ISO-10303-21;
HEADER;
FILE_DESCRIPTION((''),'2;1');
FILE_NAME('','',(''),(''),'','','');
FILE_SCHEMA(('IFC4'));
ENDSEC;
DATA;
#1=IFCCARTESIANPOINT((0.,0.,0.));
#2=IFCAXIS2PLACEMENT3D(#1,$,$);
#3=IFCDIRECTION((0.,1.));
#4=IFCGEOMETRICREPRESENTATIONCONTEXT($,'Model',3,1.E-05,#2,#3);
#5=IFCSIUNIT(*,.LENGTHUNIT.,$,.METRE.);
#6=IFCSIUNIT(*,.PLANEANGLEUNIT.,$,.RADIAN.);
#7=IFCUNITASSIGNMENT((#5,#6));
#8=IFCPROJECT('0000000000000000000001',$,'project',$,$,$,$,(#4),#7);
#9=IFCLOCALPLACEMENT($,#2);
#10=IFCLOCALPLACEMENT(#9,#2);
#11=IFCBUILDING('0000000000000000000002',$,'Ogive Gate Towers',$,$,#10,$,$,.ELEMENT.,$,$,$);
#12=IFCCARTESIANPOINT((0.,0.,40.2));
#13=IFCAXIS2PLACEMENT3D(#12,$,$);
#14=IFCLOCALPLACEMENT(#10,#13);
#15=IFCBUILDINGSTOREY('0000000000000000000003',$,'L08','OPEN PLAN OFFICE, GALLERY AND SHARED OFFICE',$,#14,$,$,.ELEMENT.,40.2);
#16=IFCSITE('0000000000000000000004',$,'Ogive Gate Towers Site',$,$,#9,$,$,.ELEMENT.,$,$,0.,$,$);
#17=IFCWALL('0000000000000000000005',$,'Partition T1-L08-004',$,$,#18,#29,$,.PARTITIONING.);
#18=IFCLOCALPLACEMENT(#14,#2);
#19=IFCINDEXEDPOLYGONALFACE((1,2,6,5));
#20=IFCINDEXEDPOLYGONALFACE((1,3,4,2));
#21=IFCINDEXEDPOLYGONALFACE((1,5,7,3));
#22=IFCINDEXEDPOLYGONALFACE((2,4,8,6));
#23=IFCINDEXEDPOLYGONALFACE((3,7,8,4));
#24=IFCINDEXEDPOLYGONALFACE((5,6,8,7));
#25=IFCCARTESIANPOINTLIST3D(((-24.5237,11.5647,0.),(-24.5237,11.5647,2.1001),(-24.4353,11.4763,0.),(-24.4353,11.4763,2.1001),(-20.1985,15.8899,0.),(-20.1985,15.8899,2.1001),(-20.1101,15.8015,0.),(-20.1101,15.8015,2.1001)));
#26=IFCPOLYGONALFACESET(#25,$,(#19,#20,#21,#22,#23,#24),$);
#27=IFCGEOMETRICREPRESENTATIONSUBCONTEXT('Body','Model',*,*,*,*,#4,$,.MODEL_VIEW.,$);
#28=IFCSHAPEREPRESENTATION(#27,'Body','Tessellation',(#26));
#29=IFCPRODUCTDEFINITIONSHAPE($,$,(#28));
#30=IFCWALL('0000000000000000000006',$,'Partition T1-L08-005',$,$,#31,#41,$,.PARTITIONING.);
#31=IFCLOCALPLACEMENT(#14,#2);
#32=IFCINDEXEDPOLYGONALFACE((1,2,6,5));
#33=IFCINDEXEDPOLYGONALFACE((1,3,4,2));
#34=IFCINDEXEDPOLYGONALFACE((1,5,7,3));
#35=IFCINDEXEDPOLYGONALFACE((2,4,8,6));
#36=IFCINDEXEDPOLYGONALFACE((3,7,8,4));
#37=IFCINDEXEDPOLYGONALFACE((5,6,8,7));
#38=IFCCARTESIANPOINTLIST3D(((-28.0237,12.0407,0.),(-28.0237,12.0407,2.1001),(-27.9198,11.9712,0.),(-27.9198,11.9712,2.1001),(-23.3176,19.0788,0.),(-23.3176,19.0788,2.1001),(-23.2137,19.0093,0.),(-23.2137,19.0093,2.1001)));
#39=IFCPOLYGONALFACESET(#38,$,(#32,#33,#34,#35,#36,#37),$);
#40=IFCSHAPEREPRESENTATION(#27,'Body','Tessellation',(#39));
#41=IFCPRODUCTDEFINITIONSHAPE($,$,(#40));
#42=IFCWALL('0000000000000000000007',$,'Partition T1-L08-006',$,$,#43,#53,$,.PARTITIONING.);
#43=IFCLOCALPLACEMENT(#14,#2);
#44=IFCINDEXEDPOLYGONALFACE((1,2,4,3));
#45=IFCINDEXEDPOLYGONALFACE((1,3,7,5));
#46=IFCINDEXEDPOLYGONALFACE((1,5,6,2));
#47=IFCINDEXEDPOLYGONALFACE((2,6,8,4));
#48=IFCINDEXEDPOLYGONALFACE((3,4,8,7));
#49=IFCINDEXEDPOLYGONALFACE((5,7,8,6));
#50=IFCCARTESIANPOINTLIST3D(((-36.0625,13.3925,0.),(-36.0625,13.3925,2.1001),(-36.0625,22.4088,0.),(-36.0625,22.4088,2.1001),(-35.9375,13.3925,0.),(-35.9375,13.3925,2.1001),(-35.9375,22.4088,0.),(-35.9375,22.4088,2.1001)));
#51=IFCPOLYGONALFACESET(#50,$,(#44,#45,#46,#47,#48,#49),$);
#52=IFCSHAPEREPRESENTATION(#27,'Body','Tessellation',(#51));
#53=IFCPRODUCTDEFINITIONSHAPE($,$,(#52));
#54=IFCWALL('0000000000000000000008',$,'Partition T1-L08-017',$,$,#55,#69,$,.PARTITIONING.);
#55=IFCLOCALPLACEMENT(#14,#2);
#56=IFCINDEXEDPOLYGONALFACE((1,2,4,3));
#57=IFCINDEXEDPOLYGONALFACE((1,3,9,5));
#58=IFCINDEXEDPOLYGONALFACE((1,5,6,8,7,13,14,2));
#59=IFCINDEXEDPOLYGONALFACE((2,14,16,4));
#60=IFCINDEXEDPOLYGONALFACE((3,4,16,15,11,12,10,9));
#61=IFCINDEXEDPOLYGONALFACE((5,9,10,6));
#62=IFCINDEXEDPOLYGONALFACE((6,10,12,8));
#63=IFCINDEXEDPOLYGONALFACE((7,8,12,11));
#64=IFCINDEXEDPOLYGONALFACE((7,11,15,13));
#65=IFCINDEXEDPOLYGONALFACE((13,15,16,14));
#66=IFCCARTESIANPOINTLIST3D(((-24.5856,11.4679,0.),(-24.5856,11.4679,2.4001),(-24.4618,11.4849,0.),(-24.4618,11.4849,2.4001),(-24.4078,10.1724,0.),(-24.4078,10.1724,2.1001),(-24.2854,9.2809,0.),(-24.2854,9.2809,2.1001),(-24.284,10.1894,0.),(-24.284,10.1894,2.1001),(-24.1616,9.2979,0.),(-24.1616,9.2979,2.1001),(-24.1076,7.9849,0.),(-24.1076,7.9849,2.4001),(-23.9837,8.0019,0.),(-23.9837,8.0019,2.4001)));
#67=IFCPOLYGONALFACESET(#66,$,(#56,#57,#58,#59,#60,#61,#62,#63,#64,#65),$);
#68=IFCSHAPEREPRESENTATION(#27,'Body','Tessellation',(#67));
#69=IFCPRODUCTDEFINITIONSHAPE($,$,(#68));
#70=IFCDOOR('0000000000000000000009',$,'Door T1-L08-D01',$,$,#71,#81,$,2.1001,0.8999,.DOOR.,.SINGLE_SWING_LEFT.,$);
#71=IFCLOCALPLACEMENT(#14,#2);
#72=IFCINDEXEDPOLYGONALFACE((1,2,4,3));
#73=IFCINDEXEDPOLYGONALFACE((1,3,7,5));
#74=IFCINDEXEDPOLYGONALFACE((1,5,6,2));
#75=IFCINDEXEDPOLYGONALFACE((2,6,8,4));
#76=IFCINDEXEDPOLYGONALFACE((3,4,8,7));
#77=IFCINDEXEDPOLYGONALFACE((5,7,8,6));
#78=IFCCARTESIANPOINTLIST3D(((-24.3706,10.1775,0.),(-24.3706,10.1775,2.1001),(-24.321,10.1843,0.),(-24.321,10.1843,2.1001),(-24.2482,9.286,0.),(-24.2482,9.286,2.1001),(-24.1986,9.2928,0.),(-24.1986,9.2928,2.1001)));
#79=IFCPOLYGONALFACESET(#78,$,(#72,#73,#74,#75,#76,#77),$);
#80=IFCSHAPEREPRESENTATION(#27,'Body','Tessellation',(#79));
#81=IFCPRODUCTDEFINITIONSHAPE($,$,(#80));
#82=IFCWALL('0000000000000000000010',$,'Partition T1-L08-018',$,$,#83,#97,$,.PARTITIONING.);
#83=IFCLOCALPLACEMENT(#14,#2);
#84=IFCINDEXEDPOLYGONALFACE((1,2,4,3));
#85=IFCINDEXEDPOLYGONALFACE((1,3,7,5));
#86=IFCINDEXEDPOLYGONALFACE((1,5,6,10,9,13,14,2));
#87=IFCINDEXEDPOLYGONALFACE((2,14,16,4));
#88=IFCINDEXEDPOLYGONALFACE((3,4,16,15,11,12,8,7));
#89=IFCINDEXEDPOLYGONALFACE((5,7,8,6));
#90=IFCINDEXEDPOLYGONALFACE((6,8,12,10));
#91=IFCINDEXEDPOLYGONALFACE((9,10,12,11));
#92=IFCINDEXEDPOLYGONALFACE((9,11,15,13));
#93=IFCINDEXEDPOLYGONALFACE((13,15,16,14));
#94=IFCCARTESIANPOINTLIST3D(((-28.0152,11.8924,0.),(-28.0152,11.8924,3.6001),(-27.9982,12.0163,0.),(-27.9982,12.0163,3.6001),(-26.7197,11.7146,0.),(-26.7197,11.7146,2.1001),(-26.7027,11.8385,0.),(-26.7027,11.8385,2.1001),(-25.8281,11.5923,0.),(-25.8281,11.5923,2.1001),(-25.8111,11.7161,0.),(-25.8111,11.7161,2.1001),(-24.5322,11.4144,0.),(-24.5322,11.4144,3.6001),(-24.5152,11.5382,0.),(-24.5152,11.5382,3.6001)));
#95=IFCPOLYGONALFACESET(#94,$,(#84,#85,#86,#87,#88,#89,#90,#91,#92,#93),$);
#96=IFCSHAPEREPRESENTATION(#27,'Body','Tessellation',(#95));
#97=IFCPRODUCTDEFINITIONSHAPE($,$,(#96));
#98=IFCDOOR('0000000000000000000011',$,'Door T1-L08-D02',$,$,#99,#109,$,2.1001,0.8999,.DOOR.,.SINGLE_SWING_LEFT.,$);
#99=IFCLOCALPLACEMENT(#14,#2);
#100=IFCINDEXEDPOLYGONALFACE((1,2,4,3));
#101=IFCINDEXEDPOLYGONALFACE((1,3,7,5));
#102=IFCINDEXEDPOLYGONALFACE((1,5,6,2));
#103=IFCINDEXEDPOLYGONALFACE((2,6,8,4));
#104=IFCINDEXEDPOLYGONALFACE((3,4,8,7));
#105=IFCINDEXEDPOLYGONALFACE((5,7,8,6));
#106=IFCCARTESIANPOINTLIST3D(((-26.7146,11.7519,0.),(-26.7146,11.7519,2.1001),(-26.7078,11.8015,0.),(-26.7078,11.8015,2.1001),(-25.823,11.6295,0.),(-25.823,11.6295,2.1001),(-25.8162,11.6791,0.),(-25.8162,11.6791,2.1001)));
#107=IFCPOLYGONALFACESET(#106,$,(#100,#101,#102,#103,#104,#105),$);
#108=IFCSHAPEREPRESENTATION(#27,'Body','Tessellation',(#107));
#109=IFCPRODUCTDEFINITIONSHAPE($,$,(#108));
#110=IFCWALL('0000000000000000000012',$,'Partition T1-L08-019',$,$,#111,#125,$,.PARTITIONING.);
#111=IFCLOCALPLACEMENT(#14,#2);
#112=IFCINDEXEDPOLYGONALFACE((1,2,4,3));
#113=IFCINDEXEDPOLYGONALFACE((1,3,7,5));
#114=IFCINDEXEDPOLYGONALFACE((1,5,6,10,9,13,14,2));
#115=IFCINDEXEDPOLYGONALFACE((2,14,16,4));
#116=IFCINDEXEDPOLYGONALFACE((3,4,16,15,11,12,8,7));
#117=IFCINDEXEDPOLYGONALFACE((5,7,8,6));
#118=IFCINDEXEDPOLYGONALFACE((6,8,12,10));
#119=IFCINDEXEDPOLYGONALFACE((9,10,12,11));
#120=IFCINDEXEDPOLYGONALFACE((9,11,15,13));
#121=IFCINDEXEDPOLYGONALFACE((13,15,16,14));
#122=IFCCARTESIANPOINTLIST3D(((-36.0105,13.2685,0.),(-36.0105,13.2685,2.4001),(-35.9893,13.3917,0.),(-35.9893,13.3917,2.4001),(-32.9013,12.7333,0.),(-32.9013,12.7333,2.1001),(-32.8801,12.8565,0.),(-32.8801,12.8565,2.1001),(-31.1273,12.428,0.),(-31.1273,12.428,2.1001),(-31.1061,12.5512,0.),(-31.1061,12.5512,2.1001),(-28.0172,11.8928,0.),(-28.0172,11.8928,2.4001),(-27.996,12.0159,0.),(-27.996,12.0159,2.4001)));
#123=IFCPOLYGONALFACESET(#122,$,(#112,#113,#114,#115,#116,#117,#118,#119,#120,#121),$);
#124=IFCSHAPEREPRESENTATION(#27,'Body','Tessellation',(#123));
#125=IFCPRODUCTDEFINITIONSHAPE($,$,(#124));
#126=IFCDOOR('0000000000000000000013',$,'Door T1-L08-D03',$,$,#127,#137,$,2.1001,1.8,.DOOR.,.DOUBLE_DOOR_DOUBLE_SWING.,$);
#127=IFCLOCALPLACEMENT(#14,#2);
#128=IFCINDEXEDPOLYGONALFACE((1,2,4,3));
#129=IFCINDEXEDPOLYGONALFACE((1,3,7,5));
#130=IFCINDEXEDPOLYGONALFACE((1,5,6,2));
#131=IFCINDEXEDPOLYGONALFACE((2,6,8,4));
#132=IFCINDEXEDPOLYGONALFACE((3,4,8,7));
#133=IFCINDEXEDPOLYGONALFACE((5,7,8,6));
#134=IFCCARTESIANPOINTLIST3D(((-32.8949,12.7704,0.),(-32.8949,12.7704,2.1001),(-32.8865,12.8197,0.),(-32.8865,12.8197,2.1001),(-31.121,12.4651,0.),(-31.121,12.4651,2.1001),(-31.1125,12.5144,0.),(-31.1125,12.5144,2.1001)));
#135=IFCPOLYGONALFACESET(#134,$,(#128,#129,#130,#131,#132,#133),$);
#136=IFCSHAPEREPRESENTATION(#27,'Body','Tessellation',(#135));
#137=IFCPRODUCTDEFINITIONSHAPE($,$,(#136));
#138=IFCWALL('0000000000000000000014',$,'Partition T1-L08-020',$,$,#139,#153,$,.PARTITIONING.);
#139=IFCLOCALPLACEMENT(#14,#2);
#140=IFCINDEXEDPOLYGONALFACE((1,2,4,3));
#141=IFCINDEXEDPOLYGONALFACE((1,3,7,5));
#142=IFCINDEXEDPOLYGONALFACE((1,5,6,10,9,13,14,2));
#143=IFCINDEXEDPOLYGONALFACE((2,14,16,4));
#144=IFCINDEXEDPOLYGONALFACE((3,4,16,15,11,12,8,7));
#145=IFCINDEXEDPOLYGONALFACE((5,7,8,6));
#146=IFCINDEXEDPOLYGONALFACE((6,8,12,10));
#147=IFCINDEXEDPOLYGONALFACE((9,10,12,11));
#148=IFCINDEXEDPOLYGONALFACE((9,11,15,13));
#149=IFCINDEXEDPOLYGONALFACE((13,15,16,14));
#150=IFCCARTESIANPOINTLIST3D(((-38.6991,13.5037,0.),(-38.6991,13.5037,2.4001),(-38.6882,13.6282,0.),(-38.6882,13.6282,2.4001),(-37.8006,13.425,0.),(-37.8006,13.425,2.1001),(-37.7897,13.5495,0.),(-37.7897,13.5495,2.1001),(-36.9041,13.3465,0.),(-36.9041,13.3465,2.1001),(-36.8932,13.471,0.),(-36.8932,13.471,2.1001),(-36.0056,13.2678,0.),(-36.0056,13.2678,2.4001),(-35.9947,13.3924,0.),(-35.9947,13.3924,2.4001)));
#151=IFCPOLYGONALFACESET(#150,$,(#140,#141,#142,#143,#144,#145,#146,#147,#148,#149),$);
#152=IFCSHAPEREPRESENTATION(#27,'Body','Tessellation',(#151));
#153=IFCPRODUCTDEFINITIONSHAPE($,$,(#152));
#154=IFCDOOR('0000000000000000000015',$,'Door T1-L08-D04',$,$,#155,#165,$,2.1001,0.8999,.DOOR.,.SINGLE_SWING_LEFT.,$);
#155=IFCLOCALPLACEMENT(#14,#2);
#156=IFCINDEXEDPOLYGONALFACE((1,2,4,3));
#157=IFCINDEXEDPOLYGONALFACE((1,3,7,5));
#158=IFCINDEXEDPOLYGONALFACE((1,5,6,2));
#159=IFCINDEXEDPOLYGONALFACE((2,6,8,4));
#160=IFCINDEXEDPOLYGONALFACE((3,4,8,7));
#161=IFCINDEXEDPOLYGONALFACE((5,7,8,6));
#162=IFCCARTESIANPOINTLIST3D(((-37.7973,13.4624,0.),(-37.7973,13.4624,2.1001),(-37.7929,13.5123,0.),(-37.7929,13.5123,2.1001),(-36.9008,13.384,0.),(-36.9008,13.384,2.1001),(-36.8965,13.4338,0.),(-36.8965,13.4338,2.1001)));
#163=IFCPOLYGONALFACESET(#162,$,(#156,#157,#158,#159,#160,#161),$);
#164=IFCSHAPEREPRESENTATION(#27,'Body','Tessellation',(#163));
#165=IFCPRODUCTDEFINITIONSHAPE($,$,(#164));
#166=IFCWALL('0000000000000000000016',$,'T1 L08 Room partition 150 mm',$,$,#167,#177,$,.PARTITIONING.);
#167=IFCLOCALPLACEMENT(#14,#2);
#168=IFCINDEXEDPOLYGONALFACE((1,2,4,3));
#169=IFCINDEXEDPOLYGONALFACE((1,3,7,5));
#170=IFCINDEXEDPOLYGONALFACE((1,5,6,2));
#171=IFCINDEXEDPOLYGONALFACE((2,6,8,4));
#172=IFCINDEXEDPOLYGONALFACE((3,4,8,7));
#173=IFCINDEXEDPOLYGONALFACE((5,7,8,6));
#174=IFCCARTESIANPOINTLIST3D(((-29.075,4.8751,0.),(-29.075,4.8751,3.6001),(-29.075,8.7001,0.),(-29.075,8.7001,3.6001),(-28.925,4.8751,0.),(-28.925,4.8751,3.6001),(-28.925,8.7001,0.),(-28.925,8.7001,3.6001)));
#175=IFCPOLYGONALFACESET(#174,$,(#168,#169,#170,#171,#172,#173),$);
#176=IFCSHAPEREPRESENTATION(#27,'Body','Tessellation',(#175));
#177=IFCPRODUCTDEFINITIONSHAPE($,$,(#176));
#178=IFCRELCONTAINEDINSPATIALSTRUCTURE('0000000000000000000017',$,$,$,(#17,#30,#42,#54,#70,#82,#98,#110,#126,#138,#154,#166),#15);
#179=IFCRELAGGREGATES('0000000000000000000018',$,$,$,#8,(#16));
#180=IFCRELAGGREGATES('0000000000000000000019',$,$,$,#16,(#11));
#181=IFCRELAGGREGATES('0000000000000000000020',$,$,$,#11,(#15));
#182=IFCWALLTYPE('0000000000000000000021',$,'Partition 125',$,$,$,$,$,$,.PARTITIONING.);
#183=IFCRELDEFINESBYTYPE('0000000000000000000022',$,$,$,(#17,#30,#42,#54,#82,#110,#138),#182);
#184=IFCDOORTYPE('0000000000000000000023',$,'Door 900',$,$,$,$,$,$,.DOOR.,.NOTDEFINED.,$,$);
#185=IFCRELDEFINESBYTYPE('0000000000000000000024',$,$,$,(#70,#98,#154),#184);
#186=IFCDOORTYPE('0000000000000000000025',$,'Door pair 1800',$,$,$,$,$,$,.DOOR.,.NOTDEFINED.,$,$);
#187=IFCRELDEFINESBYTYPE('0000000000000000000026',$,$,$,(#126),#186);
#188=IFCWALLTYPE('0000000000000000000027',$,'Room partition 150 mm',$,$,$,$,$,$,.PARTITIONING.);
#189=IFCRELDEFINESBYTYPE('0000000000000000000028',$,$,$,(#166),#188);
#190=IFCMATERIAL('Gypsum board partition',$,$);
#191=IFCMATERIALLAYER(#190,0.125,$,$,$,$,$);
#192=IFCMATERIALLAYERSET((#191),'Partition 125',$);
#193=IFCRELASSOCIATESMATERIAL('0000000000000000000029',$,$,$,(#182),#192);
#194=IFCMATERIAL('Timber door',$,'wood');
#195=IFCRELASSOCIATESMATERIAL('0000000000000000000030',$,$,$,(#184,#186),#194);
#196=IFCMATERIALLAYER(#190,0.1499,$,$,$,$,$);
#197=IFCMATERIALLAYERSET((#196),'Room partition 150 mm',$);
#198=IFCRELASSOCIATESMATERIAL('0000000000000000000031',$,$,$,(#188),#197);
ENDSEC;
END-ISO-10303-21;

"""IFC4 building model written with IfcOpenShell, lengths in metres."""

from ifc_helpers import new_model, si_unit, direction, frame, frame_2d, origin, place, context, subcontext, project, spatial, rectangle, extrude, material, layer, layer_set, type_object, element, fill, save


model = new_model("IFC4")

# Units and contexts
model_context = context("Model", 3, precision=1e-05, world=origin(), true_north=direction((0.0, 1.0)))
body_context = subcontext(model_context, "Body", "Model", "MODEL_VIEW")
ifc_project = project(units=[si_unit("LENGTHUNIT", "METRE"), si_unit("PLANEANGLEUNIT", "RADIAN")], contexts=[model_context])

# Site, building, storey
site_placement = place(None, origin())
site = spatial("IfcSite", under=ifc_project, at=site_placement, Name="Ogive Gate Towers Site", CompositionType="ELEMENT", RefElevation=0.0)
building_placement = place(site_placement, origin())
building = spatial("IfcBuilding", under=site, at=building_placement, Name="Ogive Gate Towers", CompositionType="ELEMENT")
storey_placement = place(building_placement, frame((0.0, 0.0, 40.2)))
storey = spatial("IfcBuildingStorey", under=building, at=storey_placement, Name="L08", Description="OPEN PLAN OFFICE, GALLERY AND SHARED OFFICE", CompositionType="ELEMENT", Elevation=40.2)

# Walls
ifc_material_1 = material(Name="Gypsum board partition")
ifc_layer_1 = layer(ifc_material_1, 0.125)
ifc_layer_set_1 = layer_set([ifc_layer_1], Name="Partition 125")
wall_type_1 = type_object("IfcWallType", Name="Partition 125", PredefinedType="PARTITIONING", material=ifc_layer_set_1)
wall_1_placement = place(storey_placement, frame((-20.1543, 15.8457, 0.0), z_axis=(0.0, 0.0, 1.0), x_axis=(-0.707107, -0.707107, 0.0)))
element("IfcWall", 1, at=wall_1_placement, inside=storey, type_object=wall_type_1, Name="Partition T1-L08-004", PredefinedType="PARTITIONING", context=body_context, shape_type="SweptSolid", body=[
    extrude(rectangle(XDim=6.1167, YDim=0.125, at=frame_2d((3.0583, 0.0))), origin(), (0.0, 0.0, 1.0), 2.1001),
])
wall_2_placement = place(storey_placement, frame((-23.2656, 19.0442, 0.0), z_axis=(0.0, 0.0, 1.0), x_axis=(-0.555844, -0.831286, 0.0)))
element("IfcWall", 2, at=wall_2_placement, inside=storey, type_object=wall_type_1, Name="Partition T1-L08-005", PredefinedType="PARTITIONING", context=body_context, shape_type="SweptSolid", body=[
    extrude(rectangle(XDim=8.4666, YDim=0.125, at=frame_2d((4.2334, 0.0))), origin(), (0.0, 0.0, 1.0), 2.1001),
])
wall_3_placement = place(storey_placement, frame((-36.0, 22.4089, 0.0), z_axis=(0.0, 0.0, 1.0), x_axis=(0.0, -1.0, 0.0)))
element("IfcWall", 3, at=wall_3_placement, inside=storey, type_object=wall_type_1, Name="Partition T1-L08-006", PredefinedType="PARTITIONING", context=body_context, shape_type="SweptSolid", body=[
    extrude(rectangle(XDim=9.0164, YDim=0.125, at=frame_2d((4.5083, 0.0))), origin(), (0.0, 0.0, 1.0), 2.1001),
])

# Walls, openings, doors
wall_4_placement = place(storey_placement, frame((-24.0457, 7.9934, 0.0), z_axis=(0.0, 0.0, 1.0), x_axis=(-0.135975, 0.990712, 0.0)))
wall_4 = element("IfcWall", 4, at=wall_4_placement, inside=storey, type_object=wall_type_1, Name="Partition T1-L08-017", PredefinedType="PARTITIONING", context=body_context, shape_type="SweptSolid", body=[
    extrude(rectangle(XDim=3.5156, YDim=0.125, at=frame_2d((1.7578, 0.0))), origin(), (0.0, 0.0, 1.0), 2.4001),
])
opening_1_placement = place(wall_4_placement, frame((1.3081, 0.0, 0.0)))
opening_1 = element("IfcOpeningElement", 5, at=opening_1_placement, cuts=wall_4, PredefinedType="OPENING", context=body_context, shape_type="SweptSolid", body=[
    extrude(rectangle(XDim=0.8999, YDim=2.1001, at=frame_2d((0.45, 1.05))), frame((0.0, 0.0725, 0.0), z_axis=(0.0, -1.0, 0.0), x_axis=(1.0, 0.0, 0.0)), (0.0, 0.0, 1.0), 0.145),
])
ifc_material_2 = material(Name="Timber door", Category="wood")
door_type_1 = type_object("IfcDoorType", Name="Door 900", OperationType="NOTDEFINED", PredefinedType="DOOR", material=ifc_material_2)
door_1_placement = place(opening_1_placement, origin())
door_1 = element("IfcDoor", 6, at=door_1_placement, inside=storey, type_object=door_type_1, Name="Door T1-L08-D01", OperationType="SINGLE_SWING_LEFT", OverallHeight=2.1001, OverallWidth=0.8999, PredefinedType="DOOR", context=body_context, shape_type="SweptSolid", body=[
    extrude(rectangle(XDim=0.8999, YDim=2.1001, at=frame_2d((0.45, 1.05))), frame((0.0, 0.0249, 0.0), z_axis=(0.0, -1.0, 0.0), x_axis=(1.0, 0.0, 0.0)), (0.0, 0.0, 1.0), 0.05),
])
fill(opening_1, door_1)
wall_5_placement = place(storey_placement, frame((-24.5237, 11.4763, 0.0), z_axis=(0.0, 0.0, 1.0), x_axis=(-0.990712, 0.135975, 0.0)))
wall_5 = element("IfcWall", 7, at=wall_5_placement, inside=storey, type_object=wall_type_1, Name="Partition T1-L08-018", PredefinedType="PARTITIONING", context=body_context, shape_type="SweptSolid", body=[
    extrude(rectangle(XDim=3.5156, YDim=0.125, at=frame_2d((1.7578, 0.0))), origin(), (0.0, 0.0, 1.0), 3.6001),
])
opening_2_placement = place(wall_5_placement, frame((1.3081, 0.0, 0.0)))
opening_2 = element("IfcOpeningElement", 8, at=opening_2_placement, cuts=wall_5, PredefinedType="OPENING", context=body_context, shape_type="SweptSolid", body=[
    extrude(rectangle(XDim=0.8999, YDim=2.1001, at=frame_2d((0.45, 1.05))), frame((0.0, 0.0725, 0.0), z_axis=(0.0, -1.0, 0.0), x_axis=(1.0, 0.0, 0.0)), (0.0, 0.0, 1.0), 0.145),
])
door_2_placement = place(opening_2_placement, origin())
door_2 = element("IfcDoor", 9, at=door_2_placement, inside=storey, type_object=door_type_1, Name="Door T1-L08-D02", OperationType="SINGLE_SWING_LEFT", OverallHeight=2.1001, OverallWidth=0.8999, PredefinedType="DOOR", context=body_context, shape_type="SweptSolid", body=[
    extrude(rectangle(XDim=0.8999, YDim=2.1001, at=frame_2d((0.45, 1.05))), frame((0.0, 0.0249, 0.0), z_axis=(0.0, -1.0, 0.0), x_axis=(1.0, 0.0, 0.0)), (0.0, 0.0, 1.0), 0.05),
])
fill(opening_2, door_2)
wall_6_placement = place(storey_placement, frame((-28.0066, 11.9543, 0.0), z_axis=(0.0, 0.0, 1.0), x_axis=(-0.98551, 0.169615, 0.0)))
wall_6 = element("IfcWall", 10, at=wall_6_placement, inside=storey, type_object=wall_type_1, Name="Partition T1-L08-019", PredefinedType="PARTITIONING", context=body_context, shape_type="SweptSolid", body=[
    extrude(rectangle(XDim=8.1108, YDim=0.125, at=frame_2d((4.0554, 0.0))), origin(), (0.0, 0.0, 1.0), 2.4001),
])
opening_3_placement = place(wall_6_placement, frame((3.156, 0.0, 0.0)))
opening_3 = element("IfcOpeningElement", 11, at=opening_3_placement, cuts=wall_6, PredefinedType="OPENING", context=body_context, shape_type="SweptSolid", body=[
    extrude(rectangle(XDim=1.8, YDim=2.1001, at=frame_2d((0.8999, 1.05))), frame((0.0, 0.0725, 0.0), z_axis=(0.0, -1.0, 0.0), x_axis=(1.0, 0.0, 0.0)), (0.0, 0.0, 1.0), 0.145),
])
door_type_2 = type_object("IfcDoorType", Name="Door pair 1800", OperationType="NOTDEFINED", PredefinedType="DOOR", material=ifc_material_2)
door_3_placement = place(opening_3_placement, origin())
door_3 = element("IfcDoor", 12, at=door_3_placement, inside=storey, type_object=door_type_2, Name="Door T1-L08-D03", OperationType="DOUBLE_DOOR_DOUBLE_SWING", OverallHeight=2.1001, OverallWidth=1.8, PredefinedType="DOOR", context=body_context, shape_type="SweptSolid", body=[
    extrude(rectangle(XDim=1.8, YDim=2.1001, at=frame_2d((0.8999, 1.05))), frame((0.0, 0.0249, 0.0), z_axis=(0.0, -1.0, 0.0), x_axis=(1.0, 0.0, 0.0)), (0.0, 0.0, 1.0), 0.05),
])
fill(opening_3, door_3)
wall_7_placement = place(storey_placement, frame((-36.0, 13.3301, 0.0), z_axis=(0.0, 0.0, 1.0), x_axis=(-0.996189, 0.087222, 0.0)))
wall_7 = element("IfcWall", 13, at=wall_7_placement, inside=storey, type_object=wall_type_1, Name="Partition T1-L08-020", PredefinedType="PARTITIONING", context=body_context, shape_type="SweptSolid", body=[
    extrude(rectangle(XDim=2.7039, YDim=0.125, at=frame_2d((1.3521, 0.0))), origin(), (0.0, 0.0, 1.0), 2.4001),
])
opening_4_placement = place(wall_7_placement, frame((0.9021, 0.0, 0.0)))
opening_4 = element("IfcOpeningElement", 14, at=opening_4_placement, cuts=wall_7, PredefinedType="OPENING", context=body_context, shape_type="SweptSolid", body=[
    extrude(rectangle(XDim=0.8999, YDim=2.1001, at=frame_2d((0.45, 1.05))), frame((0.0, 0.0725, 0.0), z_axis=(0.0, -1.0, 0.0), x_axis=(1.0, 0.0, 0.0)), (0.0, 0.0, 1.0), 0.145),
])
door_4_placement = place(opening_4_placement, origin())
door_4 = element("IfcDoor", 15, at=door_4_placement, inside=storey, type_object=door_type_1, Name="Door T1-L08-D04", OperationType="SINGLE_SWING_LEFT", OverallHeight=2.1001, OverallWidth=0.8999, PredefinedType="DOOR", context=body_context, shape_type="SweptSolid", body=[
    extrude(rectangle(XDim=0.8999, YDim=2.1001, at=frame_2d((0.45, 1.05))), frame((0.0, 0.0249, 0.0), z_axis=(0.0, -1.0, 0.0), x_axis=(1.0, 0.0, 0.0)), (0.0, 0.0, 1.0), 0.05),
])
fill(opening_4, door_4)

# Wall
ifc_layer_2 = layer(ifc_material_1, 0.1499)
ifc_layer_set_2 = layer_set([ifc_layer_2], Name="Room partition 150 mm")
wall_type_2 = type_object("IfcWallType", Name="Room partition 150 mm", PredefinedType="PARTITIONING", material=ifc_layer_set_2)
wall_8_placement = place(storey_placement, frame((-29.0, 4.875, 0.0), z_axis=(0.0, 0.0, 1.0), x_axis=(0.0, 1.0, 0.0)))
element("IfcWall", 16, at=wall_8_placement, inside=storey, type_object=wall_type_2, Name="T1 L08 Room partition 150 mm", PredefinedType="PARTITIONING", context=body_context, shape_type="SweptSolid", body=[
    extrude(rectangle(XDim=3.825, YDim=0.1499, at=frame_2d((1.9126, 0.0))), origin(), (0.0, 0.0, 1.0), 3.6001),
])

save(model, "model.ifc")
